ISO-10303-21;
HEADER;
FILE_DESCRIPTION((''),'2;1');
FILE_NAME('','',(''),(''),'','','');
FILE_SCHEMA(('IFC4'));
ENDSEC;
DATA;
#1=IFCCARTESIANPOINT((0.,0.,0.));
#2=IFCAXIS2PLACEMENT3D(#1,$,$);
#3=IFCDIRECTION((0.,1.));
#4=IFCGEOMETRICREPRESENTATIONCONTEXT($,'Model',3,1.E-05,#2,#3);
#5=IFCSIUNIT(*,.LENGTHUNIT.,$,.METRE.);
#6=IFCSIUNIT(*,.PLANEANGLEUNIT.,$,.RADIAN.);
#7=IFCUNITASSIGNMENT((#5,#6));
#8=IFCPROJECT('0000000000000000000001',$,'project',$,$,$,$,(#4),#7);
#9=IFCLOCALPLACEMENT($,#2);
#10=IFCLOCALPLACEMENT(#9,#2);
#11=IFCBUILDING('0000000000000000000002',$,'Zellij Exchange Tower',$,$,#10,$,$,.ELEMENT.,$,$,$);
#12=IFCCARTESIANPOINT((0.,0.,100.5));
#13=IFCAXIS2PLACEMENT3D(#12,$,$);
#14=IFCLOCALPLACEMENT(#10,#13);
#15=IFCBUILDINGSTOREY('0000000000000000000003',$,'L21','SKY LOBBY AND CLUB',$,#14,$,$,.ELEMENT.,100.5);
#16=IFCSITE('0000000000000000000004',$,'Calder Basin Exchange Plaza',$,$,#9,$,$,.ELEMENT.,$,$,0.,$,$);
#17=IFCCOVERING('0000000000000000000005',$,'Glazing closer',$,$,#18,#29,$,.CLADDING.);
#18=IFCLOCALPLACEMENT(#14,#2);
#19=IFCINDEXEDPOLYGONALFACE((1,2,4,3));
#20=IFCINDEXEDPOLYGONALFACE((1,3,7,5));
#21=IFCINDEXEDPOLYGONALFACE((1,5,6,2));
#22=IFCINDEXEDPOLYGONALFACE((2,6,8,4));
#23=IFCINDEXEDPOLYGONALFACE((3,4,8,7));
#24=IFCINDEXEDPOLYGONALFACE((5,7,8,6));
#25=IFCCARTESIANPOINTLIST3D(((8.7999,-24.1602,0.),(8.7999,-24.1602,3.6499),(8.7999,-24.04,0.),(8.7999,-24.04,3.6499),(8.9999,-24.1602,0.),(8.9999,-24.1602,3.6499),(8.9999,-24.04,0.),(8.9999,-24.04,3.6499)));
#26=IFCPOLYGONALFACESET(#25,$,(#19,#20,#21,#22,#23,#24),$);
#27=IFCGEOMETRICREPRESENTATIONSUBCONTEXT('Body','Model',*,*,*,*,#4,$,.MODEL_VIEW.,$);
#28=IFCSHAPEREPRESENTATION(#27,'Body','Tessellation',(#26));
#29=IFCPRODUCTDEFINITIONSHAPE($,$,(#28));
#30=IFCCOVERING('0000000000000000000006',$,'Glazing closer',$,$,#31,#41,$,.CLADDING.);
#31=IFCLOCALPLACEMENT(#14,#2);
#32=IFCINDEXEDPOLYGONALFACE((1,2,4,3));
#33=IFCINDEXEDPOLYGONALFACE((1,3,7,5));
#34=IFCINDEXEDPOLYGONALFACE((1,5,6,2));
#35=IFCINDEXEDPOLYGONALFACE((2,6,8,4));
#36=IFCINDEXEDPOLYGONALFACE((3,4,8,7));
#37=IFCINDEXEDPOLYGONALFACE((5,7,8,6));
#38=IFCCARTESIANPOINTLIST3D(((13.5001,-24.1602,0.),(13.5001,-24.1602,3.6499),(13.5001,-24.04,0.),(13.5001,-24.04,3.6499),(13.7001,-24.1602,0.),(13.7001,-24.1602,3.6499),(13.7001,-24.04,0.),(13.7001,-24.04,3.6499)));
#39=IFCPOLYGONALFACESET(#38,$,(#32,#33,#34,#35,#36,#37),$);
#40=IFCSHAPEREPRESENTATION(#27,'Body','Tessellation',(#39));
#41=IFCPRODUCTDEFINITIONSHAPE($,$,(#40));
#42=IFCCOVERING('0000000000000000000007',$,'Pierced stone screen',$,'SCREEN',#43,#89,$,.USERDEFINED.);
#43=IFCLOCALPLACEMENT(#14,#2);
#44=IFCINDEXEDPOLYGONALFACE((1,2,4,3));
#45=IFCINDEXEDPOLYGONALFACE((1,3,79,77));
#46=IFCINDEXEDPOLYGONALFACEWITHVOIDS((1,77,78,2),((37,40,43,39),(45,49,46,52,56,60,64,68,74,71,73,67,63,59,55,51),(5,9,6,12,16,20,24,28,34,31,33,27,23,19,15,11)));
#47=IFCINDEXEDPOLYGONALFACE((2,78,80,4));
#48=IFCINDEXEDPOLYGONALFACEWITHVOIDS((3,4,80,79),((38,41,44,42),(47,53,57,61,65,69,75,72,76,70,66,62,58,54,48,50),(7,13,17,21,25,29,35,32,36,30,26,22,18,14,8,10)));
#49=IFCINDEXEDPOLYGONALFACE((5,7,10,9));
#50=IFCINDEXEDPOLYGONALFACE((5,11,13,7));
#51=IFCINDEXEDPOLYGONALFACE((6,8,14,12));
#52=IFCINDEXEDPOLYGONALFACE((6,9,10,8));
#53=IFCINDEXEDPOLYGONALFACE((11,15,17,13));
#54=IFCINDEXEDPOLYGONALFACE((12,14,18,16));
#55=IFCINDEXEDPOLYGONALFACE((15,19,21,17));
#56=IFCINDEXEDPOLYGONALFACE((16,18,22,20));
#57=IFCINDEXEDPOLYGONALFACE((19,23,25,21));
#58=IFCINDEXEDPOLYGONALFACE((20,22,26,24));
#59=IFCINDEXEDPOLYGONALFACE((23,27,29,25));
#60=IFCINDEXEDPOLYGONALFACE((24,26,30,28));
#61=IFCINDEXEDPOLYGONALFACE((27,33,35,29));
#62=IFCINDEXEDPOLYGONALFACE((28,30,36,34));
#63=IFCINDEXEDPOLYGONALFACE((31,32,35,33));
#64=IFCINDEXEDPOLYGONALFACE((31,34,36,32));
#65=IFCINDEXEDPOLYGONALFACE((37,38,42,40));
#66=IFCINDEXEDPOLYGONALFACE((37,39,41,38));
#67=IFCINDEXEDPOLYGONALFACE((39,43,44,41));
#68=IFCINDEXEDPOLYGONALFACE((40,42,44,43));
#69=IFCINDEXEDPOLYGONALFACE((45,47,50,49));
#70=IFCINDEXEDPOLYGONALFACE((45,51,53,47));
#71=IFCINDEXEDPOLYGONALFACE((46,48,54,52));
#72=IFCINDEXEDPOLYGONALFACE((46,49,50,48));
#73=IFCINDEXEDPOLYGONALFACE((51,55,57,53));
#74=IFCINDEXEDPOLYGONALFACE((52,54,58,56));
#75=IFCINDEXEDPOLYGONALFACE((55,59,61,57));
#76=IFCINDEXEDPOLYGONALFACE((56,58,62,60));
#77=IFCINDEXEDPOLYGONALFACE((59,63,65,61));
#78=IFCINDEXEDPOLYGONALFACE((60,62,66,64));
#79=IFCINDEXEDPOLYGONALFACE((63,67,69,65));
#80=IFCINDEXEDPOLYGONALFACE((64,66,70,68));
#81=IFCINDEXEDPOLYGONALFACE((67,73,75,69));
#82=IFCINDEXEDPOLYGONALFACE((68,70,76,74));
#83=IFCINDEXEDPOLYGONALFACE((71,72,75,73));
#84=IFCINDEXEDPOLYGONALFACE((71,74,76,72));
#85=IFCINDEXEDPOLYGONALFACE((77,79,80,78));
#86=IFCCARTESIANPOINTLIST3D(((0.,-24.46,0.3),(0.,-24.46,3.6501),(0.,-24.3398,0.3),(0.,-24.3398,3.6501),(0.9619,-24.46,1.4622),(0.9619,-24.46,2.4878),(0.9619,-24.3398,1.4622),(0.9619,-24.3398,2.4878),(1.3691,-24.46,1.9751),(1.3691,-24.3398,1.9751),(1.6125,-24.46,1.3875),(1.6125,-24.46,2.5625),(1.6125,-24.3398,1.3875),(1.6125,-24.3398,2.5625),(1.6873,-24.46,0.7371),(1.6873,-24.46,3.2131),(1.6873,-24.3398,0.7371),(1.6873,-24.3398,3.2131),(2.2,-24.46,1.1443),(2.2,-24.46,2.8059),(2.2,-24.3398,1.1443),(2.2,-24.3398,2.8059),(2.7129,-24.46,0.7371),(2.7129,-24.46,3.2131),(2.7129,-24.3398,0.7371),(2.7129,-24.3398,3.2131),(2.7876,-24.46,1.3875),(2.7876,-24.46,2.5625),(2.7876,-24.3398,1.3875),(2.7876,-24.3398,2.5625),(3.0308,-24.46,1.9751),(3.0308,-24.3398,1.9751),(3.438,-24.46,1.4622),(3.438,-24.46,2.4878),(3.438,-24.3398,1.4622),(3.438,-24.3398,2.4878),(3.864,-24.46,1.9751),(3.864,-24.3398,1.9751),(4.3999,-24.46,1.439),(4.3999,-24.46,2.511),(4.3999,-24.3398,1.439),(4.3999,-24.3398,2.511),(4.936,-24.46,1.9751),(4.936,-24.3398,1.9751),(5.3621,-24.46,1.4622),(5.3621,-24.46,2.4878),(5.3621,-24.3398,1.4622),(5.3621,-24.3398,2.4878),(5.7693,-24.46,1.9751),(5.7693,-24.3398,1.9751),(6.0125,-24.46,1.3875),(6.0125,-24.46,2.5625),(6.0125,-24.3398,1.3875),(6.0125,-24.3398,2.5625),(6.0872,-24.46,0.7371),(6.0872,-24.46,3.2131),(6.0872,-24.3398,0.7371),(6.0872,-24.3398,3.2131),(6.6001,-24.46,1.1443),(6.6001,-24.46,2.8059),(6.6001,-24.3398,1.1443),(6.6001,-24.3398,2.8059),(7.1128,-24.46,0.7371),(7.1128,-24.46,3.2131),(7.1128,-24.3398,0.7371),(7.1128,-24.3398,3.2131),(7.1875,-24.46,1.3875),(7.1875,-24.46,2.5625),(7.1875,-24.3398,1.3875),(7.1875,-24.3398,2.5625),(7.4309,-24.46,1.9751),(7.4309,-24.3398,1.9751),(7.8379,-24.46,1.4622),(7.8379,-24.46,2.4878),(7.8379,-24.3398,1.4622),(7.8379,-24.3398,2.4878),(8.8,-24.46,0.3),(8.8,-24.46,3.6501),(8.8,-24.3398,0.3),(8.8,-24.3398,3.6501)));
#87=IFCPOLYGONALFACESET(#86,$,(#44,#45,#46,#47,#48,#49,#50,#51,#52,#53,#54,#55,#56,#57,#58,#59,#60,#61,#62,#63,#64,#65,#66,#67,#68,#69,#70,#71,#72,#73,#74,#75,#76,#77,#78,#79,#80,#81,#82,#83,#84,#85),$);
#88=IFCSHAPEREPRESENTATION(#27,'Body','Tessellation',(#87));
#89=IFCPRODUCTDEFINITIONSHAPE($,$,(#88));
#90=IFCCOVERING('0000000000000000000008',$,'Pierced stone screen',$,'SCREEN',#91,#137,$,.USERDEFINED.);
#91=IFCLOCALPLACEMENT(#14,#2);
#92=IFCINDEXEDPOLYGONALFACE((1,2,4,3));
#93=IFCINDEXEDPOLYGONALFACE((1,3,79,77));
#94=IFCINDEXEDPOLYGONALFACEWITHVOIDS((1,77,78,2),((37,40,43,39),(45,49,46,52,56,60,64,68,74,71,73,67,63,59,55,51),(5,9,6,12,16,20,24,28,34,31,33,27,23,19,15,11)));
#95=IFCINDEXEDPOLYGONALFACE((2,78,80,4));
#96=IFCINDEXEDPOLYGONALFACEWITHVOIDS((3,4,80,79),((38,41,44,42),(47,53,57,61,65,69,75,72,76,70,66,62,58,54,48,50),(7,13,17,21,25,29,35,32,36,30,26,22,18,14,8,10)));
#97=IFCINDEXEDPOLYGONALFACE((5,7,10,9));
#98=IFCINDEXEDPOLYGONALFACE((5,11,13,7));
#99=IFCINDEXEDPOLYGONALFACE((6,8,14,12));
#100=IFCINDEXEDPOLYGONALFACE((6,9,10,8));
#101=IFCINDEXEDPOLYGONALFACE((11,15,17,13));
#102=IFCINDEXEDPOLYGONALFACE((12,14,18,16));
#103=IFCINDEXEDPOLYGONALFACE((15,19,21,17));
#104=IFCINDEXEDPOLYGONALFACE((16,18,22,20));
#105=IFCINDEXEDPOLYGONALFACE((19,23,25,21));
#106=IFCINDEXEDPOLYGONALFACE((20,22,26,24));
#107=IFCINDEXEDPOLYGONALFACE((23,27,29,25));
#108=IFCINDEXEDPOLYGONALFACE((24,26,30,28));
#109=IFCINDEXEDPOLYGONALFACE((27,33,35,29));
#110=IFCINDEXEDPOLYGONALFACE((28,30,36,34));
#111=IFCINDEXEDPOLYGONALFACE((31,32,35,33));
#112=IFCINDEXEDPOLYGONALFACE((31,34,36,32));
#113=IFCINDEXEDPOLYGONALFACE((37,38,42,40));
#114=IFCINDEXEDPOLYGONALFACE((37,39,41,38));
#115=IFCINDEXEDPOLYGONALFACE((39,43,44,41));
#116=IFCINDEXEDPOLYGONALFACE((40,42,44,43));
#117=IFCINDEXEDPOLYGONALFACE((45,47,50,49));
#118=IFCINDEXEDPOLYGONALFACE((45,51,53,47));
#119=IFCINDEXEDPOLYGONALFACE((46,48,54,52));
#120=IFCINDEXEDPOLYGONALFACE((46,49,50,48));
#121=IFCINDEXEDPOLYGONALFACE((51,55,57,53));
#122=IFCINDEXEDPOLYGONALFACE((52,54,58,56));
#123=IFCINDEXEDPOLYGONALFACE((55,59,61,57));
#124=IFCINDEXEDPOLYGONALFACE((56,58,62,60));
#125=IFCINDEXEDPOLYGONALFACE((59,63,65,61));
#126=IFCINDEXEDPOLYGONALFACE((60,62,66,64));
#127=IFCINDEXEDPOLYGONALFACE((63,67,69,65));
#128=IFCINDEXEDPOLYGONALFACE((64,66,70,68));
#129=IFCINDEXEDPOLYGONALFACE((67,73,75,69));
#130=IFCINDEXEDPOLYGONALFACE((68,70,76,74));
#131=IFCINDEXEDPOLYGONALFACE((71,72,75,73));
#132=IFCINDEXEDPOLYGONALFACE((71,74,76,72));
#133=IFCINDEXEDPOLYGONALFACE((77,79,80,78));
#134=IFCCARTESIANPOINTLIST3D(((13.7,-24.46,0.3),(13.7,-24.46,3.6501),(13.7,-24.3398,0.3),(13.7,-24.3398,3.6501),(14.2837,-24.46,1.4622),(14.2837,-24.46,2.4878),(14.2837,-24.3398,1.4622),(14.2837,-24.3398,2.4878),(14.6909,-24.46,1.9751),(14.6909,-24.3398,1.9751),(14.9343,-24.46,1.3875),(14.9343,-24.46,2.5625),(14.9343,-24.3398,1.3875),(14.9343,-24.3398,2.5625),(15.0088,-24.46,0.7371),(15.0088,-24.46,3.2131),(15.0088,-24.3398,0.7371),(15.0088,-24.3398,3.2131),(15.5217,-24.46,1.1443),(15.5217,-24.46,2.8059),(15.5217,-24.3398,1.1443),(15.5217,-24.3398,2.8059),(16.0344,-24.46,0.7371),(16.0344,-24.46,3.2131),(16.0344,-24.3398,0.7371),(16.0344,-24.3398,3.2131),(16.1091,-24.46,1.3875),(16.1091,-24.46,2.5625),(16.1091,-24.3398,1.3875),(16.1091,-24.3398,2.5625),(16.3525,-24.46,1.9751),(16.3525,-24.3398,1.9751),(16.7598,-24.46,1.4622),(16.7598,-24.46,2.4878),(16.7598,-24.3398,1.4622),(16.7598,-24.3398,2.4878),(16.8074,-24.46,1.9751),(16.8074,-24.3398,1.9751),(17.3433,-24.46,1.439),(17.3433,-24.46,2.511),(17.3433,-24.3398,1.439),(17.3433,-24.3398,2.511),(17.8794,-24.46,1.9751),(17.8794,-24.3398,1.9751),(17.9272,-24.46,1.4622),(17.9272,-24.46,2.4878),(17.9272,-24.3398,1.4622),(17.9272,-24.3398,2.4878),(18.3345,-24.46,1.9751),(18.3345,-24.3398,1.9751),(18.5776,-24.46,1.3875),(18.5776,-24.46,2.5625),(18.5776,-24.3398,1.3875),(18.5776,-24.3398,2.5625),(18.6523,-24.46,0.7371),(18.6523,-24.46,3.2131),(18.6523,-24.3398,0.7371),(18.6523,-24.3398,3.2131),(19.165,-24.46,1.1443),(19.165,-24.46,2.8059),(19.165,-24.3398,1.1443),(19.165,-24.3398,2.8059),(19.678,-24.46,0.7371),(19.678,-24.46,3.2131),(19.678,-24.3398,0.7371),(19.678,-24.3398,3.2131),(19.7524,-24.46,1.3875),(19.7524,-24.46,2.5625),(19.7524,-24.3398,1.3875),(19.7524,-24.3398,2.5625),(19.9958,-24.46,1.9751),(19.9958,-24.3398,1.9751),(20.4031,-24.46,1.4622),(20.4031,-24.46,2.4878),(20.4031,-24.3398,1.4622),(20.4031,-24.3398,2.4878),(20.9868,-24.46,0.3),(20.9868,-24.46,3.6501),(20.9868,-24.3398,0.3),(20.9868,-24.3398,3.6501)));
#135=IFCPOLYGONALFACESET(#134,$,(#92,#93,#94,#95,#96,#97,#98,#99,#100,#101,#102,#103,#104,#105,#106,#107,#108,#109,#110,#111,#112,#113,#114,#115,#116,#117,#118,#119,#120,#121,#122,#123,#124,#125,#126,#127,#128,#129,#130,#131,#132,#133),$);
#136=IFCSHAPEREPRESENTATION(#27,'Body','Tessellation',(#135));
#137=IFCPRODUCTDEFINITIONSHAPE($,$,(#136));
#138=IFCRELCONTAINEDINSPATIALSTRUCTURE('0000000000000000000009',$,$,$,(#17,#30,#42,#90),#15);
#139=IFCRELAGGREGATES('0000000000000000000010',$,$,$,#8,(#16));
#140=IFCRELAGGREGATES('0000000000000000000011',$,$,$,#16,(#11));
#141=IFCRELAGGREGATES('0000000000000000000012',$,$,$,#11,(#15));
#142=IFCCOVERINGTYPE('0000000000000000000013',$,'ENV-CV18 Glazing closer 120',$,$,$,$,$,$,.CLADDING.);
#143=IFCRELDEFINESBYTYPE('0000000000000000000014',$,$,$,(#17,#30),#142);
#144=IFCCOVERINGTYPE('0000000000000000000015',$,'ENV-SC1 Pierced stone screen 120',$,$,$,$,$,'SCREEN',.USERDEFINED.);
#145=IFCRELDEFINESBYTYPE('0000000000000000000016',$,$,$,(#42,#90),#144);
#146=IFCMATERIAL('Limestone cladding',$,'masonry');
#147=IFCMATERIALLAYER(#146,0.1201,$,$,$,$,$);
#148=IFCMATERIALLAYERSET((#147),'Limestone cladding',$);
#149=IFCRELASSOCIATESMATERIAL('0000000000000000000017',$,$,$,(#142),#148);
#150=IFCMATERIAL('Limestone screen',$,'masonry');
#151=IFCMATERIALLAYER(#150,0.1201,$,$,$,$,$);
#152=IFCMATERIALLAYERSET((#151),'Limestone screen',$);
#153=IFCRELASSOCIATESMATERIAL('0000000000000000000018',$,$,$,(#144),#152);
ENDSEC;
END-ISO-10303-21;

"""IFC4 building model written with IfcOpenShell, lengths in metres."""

from ifc_helpers import new_model, si_unit, direction, frame, origin, origin_2d, place, context, subcontext, project, spatial, polyline, rectangle, outline, extrude, material, layer, layer_set, type_object, element, save


model = new_model("IFC4")

# Units and contexts
model_context = context("Model", 3, precision=1e-05, world=origin(), true_north=direction((0.0, 1.0)))
body_context = subcontext(model_context, "Body", "Model", "MODEL_VIEW")
ifc_project = project(units=[si_unit("LENGTHUNIT", "METRE"), si_unit("PLANEANGLEUNIT", "RADIAN")], contexts=[model_context])

# Site, building, storey
site_placement = place(None, origin())
site = spatial("IfcSite", under=ifc_project, at=site_placement, Name="Calder Basin Exchange Plaza", CompositionType="ELEMENT", RefElevation=0.0)
building_placement = place(site_placement, origin())
building = spatial("IfcBuilding", under=site, at=building_placement, Name="Zellij Exchange Tower", CompositionType="ELEMENT")
storey_placement = place(building_placement, frame((0.0, 0.0, 100.5)))
storey = spatial("IfcBuildingStorey", under=building, at=storey_placement, Name="L21", Description="SKY LOBBY AND CLUB", CompositionType="ELEMENT", Elevation=100.5)

# Coverings
ifc_material_1 = material(Name="Limestone cladding", Category="masonry")
ifc_layer_1 = layer(ifc_material_1, 0.1201)
ifc_layer_set_1 = layer_set([ifc_layer_1], Name="Limestone cladding")
covering_type_1 = type_object("IfcCoveringType", Name="ENV-CV18 Glazing closer 120", PredefinedType="CLADDING", material=ifc_layer_set_1)
for number, where, z_axis, x_axis, name in (
    (1, (8.8999, -24.1001, 0.0), (0.0, 0.0, 1.0), (1.0, 0.0, 0.0), "Glazing closer"),
    (2, (13.6001, -24.1001, 0.0), (0.0, 0.0, 1.0), (-1.0, 0.0, 0.0), "Glazing closer"),
):
    element("IfcCovering", number, at=place(storey_placement, frame(where, z_axis=z_axis, x_axis=x_axis)), inside=storey, type_object=covering_type_1, Name=name, PredefinedType="CLADDING", context=body_context, shape_type="SweptSolid", body=[
        extrude(rectangle(XDim=0.2, YDim=0.1201, at=origin_2d()), origin(), (0.0, 0.0, 1.0), 3.6499),
    ])
ifc_material_2 = material(Name="Limestone screen", Category="masonry")
ifc_layer_2 = layer(ifc_material_2, 0.1201)
ifc_layer_set_2 = layer_set([ifc_layer_2], Name="Limestone screen")
covering_type_2 = type_object("IfcCoveringType", Name="ENV-SC1 Pierced stone screen 120", ElementType="SCREEN", PredefinedType="USERDEFINED", material=ifc_layer_set_2)
covering_1_placement = place(storey_placement, frame((0.0, -24.3999, 0.3), z_axis=(0.0, 0.0, 1.0), x_axis=(1.0, 0.0, 0.0)))
element("IfcCovering", 3, at=covering_1_placement, inside=storey, type_object=covering_type_2, Name="Pierced stone screen", ObjectType="SCREEN", PredefinedType="USERDEFINED", context=body_context, shape_type="SweptSolid", body=[
    extrude(outline(polyline([(0.0, 0.0), (8.8, 0.0), (8.8, 3.3501), (0.0, 3.3501), (0.0, 0.0)]), holes=[polyline([(3.438, 2.1877), (2.7876, 2.2625), (2.7129, 2.9131), (2.2, 2.5059), (1.6873, 2.9131), (1.6125, 2.2625), (0.9619, 2.1877), (1.3691, 1.675), (0.9619, 1.1621), (1.6125, 1.0874), (1.6873, 0.437), (2.2, 0.8442), (2.7129, 0.437), (2.7876, 1.0874), (3.438, 1.1621), (3.0308, 1.675), (3.438, 2.1877)]), polyline([(7.8379, 2.1877), (7.1875, 2.2625), (7.1128, 2.9131), (6.6001, 2.5059), (6.0872, 2.9131), (6.0125, 2.2625), (5.3621, 2.1877), (5.7693, 1.675), (5.3621, 1.1621), (6.0125, 1.0874), (6.0872, 0.437), (6.6001, 0.8442), (7.1128, 0.437), (7.1875, 1.0874), (7.8379, 1.1621), (7.4309, 1.675), (7.8379, 2.1877)]), polyline([(4.936, 1.675), (4.3999, 2.2109), (3.864, 1.675), (4.3999, 1.1389), (4.936, 1.675)])]), frame((0.0, 0.0601, 0.0), z_axis=(0.0, -1.0, 0.0), x_axis=(1.0, 0.0, 0.0)), (0.0, 0.0, 1.0), 0.1201),
])
covering_2_placement = place(storey_placement, frame((13.7, -24.3999, 0.3), z_axis=(0.0, 0.0, 1.0), x_axis=(1.0, 0.0, 0.0)))
element("IfcCovering", 4, at=covering_2_placement, inside=storey, type_object=covering_type_2, Name="Pierced stone screen", ObjectType="SCREEN", PredefinedType="USERDEFINED", context=body_context, shape_type="SweptSolid", body=[
    extrude(outline(polyline([(0.0, 0.0), (7.2869, 0.0), (7.2869, 3.3501), (0.0, 3.3501), (0.0, 0.0)]), holes=[polyline([(3.0598, 2.1877), (2.4092, 2.2625), (2.3345, 2.9131), (1.8218, 2.5059), (1.3088, 2.9131), (1.2344, 2.2625), (0.5837, 2.1877), (0.991, 1.675), (0.5837, 1.1621), (1.2344, 1.0874), (1.3088, 0.437), (1.8218, 0.8442), (2.3345, 0.437), (2.4092, 1.0874), (3.0598, 1.1621), (2.6526, 1.675), (3.0598, 2.1877)]), polyline([(6.7031, 2.1877), (6.0525, 2.2625), (5.978, 2.9131), (5.4651, 2.5059), (4.9524, 2.9131), (4.8777, 2.2625), (4.2273, 2.1877), (4.6345, 1.675), (4.2273, 1.1621), (4.8777, 1.0874), (4.9524, 0.437), (5.4651, 0.8442), (5.978, 0.437), (6.0525, 1.0874), (6.7031, 1.1621), (6.2959, 1.675), (6.7031, 2.1877)]), polyline([(4.1794, 1.675), (3.6433, 2.2109), (3.1074, 1.675), (3.6433, 1.1389), (4.1794, 1.675)])]), frame((0.0, 0.0601, 0.0), z_axis=(0.0, -1.0, 0.0), x_axis=(1.0, 0.0, 0.0)), (0.0, 0.0, 1.0), 0.1201),
])

save(model, "model.ifc")
